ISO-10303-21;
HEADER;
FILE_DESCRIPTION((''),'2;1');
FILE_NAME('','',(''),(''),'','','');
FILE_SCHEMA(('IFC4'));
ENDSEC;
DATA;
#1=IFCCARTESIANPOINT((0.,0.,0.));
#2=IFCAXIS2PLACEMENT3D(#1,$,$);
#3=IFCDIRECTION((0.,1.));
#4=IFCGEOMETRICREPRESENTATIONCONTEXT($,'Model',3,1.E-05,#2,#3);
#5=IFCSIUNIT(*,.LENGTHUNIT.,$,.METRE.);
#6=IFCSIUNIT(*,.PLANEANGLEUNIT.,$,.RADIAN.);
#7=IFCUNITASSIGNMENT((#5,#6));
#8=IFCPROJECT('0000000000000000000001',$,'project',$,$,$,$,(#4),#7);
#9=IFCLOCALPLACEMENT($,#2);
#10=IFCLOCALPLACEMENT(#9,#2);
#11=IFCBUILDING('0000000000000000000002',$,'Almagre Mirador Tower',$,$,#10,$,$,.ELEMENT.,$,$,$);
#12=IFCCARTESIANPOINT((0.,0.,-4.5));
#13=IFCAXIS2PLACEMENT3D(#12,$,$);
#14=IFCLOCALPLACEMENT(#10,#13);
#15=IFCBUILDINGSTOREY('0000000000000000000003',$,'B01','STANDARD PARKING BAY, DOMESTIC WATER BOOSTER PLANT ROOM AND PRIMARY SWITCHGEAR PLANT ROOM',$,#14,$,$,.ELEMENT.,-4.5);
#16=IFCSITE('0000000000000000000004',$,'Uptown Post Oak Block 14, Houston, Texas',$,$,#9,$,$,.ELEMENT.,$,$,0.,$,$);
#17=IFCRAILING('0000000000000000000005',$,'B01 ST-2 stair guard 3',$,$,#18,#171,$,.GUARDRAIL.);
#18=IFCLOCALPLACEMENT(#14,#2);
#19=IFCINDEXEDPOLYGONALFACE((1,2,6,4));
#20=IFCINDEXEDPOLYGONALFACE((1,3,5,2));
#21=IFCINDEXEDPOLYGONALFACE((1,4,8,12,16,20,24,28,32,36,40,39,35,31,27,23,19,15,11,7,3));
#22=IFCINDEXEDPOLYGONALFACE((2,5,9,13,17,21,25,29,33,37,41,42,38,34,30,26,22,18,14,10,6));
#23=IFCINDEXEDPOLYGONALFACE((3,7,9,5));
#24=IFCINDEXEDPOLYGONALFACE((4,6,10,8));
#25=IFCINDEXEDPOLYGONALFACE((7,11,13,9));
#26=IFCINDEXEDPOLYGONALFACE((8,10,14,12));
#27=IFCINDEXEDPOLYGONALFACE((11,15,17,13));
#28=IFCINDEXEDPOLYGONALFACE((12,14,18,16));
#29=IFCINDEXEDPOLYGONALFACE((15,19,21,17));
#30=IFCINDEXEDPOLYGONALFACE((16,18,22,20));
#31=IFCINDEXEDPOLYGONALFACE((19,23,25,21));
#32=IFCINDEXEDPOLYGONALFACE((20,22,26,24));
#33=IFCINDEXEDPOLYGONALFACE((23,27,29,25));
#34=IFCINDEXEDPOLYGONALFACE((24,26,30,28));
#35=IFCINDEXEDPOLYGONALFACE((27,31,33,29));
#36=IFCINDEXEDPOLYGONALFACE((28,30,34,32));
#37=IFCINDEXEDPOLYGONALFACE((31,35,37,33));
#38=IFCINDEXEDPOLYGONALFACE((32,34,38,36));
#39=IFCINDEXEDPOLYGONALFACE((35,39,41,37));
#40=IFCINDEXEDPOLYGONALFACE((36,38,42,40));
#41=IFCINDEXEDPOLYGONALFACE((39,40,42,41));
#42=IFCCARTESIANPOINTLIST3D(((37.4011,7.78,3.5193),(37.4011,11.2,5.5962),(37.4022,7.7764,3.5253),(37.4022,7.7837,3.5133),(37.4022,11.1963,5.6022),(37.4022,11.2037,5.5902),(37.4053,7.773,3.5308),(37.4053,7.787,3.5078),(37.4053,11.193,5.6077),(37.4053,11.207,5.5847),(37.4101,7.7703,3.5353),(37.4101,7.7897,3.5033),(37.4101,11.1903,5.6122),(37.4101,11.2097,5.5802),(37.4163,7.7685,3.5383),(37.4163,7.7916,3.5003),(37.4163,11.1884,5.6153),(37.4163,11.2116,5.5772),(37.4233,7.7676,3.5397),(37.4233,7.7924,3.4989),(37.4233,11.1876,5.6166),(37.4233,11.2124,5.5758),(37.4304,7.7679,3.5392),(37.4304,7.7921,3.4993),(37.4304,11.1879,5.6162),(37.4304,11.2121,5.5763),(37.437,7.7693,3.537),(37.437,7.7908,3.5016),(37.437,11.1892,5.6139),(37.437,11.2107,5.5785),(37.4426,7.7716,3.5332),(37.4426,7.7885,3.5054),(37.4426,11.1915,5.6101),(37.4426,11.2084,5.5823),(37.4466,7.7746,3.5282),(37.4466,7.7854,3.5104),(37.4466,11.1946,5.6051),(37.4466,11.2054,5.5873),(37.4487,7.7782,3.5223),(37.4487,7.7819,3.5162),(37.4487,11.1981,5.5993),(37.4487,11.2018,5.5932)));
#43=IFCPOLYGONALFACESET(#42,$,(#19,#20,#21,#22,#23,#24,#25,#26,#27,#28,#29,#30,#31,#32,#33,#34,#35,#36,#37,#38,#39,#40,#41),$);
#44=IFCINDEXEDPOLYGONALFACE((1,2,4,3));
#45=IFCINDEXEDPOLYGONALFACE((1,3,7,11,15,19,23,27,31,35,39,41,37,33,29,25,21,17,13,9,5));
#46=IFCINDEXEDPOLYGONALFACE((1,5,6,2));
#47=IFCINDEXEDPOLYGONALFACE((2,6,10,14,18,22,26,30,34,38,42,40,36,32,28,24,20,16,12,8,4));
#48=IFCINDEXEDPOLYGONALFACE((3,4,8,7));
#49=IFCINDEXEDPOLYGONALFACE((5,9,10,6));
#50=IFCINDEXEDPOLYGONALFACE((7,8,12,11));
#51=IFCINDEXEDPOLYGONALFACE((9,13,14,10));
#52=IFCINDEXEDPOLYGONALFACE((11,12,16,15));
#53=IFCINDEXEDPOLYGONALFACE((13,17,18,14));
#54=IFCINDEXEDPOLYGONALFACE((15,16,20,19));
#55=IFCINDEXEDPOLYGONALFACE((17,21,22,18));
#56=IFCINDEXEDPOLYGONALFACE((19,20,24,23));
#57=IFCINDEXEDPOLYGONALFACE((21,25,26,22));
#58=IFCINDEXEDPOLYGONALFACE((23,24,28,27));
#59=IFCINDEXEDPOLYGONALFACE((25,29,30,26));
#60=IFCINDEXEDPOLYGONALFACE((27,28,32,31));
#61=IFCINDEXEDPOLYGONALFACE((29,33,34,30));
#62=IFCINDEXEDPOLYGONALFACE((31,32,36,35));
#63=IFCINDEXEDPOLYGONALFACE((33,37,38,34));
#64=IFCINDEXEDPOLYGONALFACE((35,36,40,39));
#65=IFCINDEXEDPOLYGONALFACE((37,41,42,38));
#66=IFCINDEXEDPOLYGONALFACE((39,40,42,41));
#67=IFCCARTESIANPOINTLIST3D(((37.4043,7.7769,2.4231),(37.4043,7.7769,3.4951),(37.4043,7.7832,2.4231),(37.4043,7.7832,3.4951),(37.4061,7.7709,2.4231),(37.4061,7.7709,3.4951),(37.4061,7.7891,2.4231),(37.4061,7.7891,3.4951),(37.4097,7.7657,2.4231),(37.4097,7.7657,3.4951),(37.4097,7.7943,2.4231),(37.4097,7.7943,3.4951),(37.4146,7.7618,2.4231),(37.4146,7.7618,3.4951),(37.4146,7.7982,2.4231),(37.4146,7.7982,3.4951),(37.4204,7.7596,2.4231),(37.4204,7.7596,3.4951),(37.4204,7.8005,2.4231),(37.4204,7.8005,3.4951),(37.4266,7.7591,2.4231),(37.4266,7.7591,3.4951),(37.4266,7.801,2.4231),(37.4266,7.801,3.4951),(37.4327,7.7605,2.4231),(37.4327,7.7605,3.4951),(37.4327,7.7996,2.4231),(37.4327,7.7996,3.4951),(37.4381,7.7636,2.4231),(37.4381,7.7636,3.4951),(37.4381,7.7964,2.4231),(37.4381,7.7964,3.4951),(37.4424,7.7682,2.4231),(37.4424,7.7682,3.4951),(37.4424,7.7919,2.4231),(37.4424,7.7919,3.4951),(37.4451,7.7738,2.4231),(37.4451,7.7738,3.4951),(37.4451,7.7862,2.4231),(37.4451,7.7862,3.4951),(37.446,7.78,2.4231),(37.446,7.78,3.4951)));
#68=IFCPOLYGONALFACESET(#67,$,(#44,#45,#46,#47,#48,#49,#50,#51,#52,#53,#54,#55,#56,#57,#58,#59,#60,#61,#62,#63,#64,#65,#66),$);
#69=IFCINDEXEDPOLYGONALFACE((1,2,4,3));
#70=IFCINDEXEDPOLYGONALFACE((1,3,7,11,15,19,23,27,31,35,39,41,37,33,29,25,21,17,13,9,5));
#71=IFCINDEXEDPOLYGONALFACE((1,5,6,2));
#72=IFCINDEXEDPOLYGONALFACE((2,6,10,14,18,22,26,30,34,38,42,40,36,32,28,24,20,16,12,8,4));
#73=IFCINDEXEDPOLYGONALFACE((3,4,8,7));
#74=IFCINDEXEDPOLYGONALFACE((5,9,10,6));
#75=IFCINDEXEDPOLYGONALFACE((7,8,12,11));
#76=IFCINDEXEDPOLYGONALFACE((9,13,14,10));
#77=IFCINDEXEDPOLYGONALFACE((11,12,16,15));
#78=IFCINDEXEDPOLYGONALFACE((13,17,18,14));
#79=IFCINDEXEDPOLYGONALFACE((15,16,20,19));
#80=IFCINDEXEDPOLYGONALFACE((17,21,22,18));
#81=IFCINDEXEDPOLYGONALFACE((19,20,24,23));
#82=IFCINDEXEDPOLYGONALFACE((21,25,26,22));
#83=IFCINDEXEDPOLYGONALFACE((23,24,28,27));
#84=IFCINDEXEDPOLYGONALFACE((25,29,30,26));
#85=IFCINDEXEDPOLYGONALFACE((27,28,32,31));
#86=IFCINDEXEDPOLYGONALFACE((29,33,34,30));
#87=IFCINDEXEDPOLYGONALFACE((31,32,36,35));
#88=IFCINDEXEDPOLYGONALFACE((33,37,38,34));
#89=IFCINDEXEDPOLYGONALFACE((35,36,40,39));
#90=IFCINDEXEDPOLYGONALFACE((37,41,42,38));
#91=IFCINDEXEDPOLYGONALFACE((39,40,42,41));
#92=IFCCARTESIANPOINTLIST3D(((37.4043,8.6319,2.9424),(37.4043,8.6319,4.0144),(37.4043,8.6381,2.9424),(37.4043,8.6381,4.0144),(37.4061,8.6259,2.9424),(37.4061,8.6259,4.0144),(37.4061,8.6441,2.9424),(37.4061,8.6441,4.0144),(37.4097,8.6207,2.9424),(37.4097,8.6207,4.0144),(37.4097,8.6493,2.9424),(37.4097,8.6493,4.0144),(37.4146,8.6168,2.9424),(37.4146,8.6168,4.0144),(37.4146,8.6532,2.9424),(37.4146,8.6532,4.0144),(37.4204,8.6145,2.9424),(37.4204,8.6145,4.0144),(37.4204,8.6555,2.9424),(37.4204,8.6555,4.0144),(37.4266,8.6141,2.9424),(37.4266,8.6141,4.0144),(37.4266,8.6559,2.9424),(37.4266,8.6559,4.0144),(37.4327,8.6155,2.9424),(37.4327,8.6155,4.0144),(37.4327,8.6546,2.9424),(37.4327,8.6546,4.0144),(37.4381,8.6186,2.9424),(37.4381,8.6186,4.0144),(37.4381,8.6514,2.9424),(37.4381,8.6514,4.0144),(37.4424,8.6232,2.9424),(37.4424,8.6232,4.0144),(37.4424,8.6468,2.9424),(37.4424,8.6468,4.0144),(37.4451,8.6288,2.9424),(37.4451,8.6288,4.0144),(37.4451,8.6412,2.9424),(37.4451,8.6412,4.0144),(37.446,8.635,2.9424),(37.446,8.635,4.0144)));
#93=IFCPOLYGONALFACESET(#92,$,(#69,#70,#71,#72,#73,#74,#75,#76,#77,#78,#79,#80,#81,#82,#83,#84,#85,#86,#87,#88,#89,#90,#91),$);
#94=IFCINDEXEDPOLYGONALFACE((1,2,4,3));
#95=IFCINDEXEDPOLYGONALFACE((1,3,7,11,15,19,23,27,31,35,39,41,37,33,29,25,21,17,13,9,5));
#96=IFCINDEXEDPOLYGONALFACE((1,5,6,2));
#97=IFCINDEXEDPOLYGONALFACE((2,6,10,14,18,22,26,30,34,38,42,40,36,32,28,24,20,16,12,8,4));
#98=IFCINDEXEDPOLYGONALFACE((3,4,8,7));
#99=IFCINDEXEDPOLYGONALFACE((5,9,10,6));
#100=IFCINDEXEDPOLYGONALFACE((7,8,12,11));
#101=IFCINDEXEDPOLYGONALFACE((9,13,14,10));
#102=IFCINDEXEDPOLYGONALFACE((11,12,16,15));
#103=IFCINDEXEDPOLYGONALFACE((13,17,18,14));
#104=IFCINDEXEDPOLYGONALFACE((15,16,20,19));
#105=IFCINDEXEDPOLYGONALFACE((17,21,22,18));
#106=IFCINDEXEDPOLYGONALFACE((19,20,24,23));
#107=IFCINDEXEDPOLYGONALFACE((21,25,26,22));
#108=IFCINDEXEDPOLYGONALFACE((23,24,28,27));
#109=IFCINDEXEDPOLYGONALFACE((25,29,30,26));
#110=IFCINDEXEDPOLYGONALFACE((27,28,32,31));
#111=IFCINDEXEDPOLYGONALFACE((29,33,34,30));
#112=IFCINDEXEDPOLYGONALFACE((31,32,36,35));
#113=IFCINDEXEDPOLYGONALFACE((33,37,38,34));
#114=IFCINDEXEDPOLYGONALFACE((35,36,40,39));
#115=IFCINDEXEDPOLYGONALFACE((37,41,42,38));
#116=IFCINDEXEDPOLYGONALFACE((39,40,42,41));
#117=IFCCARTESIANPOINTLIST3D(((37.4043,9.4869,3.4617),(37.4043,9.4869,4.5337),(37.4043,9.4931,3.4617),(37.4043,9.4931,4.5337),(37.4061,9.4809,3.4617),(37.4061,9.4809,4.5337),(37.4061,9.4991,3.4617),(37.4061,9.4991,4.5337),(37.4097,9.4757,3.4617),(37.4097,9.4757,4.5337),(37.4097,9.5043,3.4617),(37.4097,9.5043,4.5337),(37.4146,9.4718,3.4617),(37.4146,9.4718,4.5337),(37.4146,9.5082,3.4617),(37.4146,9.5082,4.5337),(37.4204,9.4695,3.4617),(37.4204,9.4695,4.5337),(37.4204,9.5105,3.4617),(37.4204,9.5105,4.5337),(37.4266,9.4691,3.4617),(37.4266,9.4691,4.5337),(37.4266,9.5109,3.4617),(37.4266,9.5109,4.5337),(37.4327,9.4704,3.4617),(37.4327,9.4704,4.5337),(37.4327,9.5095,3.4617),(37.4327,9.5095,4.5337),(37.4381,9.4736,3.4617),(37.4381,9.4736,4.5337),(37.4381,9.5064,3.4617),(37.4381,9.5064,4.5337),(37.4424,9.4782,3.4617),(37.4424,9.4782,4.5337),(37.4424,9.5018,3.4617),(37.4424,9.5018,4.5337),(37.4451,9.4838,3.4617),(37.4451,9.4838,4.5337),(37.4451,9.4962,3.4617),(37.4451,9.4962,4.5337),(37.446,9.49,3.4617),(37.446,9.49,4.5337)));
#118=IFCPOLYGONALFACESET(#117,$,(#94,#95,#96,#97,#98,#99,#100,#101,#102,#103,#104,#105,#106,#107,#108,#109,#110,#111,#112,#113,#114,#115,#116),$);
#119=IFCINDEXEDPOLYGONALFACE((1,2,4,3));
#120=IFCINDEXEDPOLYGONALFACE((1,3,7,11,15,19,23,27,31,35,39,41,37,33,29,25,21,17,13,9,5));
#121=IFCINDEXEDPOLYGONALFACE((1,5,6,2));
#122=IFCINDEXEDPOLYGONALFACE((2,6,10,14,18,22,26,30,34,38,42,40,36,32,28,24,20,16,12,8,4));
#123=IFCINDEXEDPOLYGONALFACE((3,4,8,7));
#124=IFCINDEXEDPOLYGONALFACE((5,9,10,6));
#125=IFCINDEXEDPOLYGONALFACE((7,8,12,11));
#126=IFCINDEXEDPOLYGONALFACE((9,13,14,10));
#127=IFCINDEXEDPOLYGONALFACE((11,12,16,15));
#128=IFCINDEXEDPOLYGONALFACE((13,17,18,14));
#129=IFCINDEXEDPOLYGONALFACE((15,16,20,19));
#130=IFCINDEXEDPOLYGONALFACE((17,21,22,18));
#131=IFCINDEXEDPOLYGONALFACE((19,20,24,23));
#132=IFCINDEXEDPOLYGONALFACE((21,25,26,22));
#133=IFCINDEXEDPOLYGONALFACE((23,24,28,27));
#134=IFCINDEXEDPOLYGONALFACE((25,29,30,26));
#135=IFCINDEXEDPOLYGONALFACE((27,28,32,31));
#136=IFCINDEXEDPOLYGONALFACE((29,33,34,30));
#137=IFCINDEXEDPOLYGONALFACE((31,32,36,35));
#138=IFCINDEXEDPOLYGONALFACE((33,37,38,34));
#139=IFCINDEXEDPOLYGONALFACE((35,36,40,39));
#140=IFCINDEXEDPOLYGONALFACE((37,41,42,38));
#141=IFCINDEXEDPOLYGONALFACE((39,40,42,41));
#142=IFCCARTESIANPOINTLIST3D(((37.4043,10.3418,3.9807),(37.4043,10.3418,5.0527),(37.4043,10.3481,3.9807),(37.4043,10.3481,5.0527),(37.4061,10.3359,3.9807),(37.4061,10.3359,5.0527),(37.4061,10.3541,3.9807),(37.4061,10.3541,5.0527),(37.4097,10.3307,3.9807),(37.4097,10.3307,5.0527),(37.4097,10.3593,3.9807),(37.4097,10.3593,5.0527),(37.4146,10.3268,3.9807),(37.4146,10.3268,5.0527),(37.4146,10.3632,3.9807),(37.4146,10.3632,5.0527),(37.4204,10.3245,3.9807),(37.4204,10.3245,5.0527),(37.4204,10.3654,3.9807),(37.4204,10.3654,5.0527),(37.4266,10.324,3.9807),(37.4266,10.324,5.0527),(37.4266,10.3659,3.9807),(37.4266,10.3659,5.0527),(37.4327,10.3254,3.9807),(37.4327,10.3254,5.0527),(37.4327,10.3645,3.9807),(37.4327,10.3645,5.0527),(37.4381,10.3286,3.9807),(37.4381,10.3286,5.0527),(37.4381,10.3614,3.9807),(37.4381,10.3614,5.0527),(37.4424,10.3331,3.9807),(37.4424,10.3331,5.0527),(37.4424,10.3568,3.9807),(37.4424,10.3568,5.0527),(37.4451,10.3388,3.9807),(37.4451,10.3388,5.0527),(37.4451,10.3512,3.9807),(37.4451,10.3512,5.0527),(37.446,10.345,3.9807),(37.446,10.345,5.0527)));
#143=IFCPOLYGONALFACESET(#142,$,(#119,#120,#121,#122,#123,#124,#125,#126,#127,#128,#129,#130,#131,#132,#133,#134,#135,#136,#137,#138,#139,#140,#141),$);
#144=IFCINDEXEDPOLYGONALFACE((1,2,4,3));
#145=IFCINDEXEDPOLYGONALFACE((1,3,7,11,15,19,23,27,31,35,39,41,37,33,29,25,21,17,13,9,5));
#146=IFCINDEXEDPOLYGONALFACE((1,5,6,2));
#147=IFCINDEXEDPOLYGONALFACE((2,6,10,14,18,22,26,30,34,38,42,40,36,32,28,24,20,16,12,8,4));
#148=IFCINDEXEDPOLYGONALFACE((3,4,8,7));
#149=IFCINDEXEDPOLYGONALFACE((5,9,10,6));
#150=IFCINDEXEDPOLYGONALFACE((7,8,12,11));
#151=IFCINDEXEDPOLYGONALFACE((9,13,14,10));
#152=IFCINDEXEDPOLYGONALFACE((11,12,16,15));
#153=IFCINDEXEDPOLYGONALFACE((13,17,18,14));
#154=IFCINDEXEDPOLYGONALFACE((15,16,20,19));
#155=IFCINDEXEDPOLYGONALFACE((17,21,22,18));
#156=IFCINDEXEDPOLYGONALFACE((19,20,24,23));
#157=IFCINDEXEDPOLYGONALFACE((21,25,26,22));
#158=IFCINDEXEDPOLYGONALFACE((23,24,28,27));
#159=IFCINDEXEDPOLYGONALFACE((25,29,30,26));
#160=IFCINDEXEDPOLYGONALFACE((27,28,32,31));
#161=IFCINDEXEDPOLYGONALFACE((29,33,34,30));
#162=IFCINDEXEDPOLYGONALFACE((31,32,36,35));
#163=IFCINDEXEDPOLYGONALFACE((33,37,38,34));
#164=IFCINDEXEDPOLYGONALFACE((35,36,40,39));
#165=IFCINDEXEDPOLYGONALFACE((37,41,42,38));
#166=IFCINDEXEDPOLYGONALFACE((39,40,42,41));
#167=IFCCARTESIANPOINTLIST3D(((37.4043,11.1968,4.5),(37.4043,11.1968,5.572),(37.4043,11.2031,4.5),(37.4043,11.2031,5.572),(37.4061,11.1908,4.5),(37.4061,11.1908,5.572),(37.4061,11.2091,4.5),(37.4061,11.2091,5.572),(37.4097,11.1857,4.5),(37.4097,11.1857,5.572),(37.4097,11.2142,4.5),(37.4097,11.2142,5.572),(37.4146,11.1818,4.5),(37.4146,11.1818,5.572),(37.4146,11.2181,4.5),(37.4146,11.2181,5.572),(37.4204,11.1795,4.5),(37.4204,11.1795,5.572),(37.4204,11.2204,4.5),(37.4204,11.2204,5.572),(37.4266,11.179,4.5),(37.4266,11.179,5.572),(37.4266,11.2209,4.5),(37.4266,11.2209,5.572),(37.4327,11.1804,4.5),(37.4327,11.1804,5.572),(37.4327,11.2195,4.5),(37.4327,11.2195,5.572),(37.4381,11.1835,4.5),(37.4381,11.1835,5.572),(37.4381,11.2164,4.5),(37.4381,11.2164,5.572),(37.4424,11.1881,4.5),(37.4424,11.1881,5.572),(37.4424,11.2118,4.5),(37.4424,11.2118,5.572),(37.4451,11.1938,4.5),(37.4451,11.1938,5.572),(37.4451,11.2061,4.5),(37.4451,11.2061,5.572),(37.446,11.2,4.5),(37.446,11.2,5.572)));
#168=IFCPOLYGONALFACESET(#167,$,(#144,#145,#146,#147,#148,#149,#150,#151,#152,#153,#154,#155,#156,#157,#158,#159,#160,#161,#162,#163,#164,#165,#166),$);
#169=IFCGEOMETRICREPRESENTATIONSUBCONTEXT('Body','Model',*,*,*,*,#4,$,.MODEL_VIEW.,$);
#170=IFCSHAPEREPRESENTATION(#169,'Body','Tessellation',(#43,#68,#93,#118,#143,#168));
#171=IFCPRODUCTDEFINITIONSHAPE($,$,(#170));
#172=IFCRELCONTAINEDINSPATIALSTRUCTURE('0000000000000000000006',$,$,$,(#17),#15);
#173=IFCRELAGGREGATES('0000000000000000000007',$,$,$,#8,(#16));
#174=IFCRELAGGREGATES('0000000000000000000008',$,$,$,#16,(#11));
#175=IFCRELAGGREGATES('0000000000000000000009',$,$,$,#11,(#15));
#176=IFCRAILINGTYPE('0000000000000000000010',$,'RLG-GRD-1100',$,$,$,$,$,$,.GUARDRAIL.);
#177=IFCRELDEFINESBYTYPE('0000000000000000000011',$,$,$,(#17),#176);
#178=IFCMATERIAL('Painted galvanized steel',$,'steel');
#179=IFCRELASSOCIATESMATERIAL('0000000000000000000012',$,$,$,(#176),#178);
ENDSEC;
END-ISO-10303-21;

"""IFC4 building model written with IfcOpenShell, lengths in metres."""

from ifc_helpers import new_model, si_unit, direction, frame, origin, origin_2d, place, context, subcontext, project, spatial, circle, extrude, material, type_object, element, save


model = new_model("IFC4")

# Units and contexts
model_context = context("Model", 3, precision=1e-05, world=origin(), true_north=direction((0.0, 1.0)))
body_context = subcontext(model_context, "Body", "Model", "MODEL_VIEW")
ifc_project = project(units=[si_unit("LENGTHUNIT", "METRE"), si_unit("PLANEANGLEUNIT", "RADIAN")], contexts=[model_context])

# Site, building, storey
site_placement = place(None, origin())
site = spatial("IfcSite", under=ifc_project, at=site_placement, Name="Uptown Post Oak Block 14, Houston, Texas", CompositionType="ELEMENT", RefElevation=0.0)
building_placement = place(site_placement, origin())
building = spatial("IfcBuilding", under=site, at=building_placement, Name="Almagre Mirador Tower", CompositionType="ELEMENT")
storey_placement = place(building_placement, frame((0.0, 0.0, -4.5)))
storey = spatial("IfcBuildingStorey", under=building, at=storey_placement, Name="B01", Description="STANDARD PARKING BAY, DOMESTIC WATER BOOSTER PLANT ROOM AND PRIMARY SWITCHGEAR PLANT ROOM", CompositionType="ELEMENT", Elevation=-4.5)

# Railing
ifc_material_1 = material(Name="Painted galvanized steel", Category="steel")
railing_type_1 = type_object("IfcRailingType", Name="RLG-GRD-1100", PredefinedType="GUARDRAIL", material=ifc_material_1)
railing_1_placement = place(storey_placement, frame((37.425, 7.78, 2.4231)))
element("IfcRailing", 1, at=railing_1_placement, inside=storey, type_object=railing_type_1, Name="B01 ST-2 stair guard 3", PredefinedType="GUARDRAIL", context=body_context, shape_type="SweptSolid", body=[
    extrude(circle(Radius=0.0239, at=origin_2d()), frame((0.0, 0.0, 1.0962), z_axis=(0.0, 0.85473, 0.519074), x_axis=(-1.0, 0.0, 0.0)), (0.0, 0.0, 1.0), 4.0012),
    extrude(circle(Radius=0.021, at=origin_2d()), origin(), (0.0, 0.0, 1.0), 1.072),
    extrude(circle(Radius=0.021, at=origin_2d()), frame((0.0, 0.855, 0.5193)), (0.0, 0.0, 1.0), 1.072),
    extrude(circle(Radius=0.021, at=origin_2d()), frame((0.0, 1.71, 1.0386)), (0.0, 0.0, 1.0), 1.072),
    extrude(circle(Radius=0.021, at=origin_2d()), frame((0.0, 2.5649, 1.5576)), (0.0, 0.0, 1.0), 1.072),
    extrude(circle(Radius=0.021, at=origin_2d()), frame((0.0, 3.4199, 2.0769)), (0.0, 0.0, 1.0), 1.072),
])

save(model, "model.ifc")
